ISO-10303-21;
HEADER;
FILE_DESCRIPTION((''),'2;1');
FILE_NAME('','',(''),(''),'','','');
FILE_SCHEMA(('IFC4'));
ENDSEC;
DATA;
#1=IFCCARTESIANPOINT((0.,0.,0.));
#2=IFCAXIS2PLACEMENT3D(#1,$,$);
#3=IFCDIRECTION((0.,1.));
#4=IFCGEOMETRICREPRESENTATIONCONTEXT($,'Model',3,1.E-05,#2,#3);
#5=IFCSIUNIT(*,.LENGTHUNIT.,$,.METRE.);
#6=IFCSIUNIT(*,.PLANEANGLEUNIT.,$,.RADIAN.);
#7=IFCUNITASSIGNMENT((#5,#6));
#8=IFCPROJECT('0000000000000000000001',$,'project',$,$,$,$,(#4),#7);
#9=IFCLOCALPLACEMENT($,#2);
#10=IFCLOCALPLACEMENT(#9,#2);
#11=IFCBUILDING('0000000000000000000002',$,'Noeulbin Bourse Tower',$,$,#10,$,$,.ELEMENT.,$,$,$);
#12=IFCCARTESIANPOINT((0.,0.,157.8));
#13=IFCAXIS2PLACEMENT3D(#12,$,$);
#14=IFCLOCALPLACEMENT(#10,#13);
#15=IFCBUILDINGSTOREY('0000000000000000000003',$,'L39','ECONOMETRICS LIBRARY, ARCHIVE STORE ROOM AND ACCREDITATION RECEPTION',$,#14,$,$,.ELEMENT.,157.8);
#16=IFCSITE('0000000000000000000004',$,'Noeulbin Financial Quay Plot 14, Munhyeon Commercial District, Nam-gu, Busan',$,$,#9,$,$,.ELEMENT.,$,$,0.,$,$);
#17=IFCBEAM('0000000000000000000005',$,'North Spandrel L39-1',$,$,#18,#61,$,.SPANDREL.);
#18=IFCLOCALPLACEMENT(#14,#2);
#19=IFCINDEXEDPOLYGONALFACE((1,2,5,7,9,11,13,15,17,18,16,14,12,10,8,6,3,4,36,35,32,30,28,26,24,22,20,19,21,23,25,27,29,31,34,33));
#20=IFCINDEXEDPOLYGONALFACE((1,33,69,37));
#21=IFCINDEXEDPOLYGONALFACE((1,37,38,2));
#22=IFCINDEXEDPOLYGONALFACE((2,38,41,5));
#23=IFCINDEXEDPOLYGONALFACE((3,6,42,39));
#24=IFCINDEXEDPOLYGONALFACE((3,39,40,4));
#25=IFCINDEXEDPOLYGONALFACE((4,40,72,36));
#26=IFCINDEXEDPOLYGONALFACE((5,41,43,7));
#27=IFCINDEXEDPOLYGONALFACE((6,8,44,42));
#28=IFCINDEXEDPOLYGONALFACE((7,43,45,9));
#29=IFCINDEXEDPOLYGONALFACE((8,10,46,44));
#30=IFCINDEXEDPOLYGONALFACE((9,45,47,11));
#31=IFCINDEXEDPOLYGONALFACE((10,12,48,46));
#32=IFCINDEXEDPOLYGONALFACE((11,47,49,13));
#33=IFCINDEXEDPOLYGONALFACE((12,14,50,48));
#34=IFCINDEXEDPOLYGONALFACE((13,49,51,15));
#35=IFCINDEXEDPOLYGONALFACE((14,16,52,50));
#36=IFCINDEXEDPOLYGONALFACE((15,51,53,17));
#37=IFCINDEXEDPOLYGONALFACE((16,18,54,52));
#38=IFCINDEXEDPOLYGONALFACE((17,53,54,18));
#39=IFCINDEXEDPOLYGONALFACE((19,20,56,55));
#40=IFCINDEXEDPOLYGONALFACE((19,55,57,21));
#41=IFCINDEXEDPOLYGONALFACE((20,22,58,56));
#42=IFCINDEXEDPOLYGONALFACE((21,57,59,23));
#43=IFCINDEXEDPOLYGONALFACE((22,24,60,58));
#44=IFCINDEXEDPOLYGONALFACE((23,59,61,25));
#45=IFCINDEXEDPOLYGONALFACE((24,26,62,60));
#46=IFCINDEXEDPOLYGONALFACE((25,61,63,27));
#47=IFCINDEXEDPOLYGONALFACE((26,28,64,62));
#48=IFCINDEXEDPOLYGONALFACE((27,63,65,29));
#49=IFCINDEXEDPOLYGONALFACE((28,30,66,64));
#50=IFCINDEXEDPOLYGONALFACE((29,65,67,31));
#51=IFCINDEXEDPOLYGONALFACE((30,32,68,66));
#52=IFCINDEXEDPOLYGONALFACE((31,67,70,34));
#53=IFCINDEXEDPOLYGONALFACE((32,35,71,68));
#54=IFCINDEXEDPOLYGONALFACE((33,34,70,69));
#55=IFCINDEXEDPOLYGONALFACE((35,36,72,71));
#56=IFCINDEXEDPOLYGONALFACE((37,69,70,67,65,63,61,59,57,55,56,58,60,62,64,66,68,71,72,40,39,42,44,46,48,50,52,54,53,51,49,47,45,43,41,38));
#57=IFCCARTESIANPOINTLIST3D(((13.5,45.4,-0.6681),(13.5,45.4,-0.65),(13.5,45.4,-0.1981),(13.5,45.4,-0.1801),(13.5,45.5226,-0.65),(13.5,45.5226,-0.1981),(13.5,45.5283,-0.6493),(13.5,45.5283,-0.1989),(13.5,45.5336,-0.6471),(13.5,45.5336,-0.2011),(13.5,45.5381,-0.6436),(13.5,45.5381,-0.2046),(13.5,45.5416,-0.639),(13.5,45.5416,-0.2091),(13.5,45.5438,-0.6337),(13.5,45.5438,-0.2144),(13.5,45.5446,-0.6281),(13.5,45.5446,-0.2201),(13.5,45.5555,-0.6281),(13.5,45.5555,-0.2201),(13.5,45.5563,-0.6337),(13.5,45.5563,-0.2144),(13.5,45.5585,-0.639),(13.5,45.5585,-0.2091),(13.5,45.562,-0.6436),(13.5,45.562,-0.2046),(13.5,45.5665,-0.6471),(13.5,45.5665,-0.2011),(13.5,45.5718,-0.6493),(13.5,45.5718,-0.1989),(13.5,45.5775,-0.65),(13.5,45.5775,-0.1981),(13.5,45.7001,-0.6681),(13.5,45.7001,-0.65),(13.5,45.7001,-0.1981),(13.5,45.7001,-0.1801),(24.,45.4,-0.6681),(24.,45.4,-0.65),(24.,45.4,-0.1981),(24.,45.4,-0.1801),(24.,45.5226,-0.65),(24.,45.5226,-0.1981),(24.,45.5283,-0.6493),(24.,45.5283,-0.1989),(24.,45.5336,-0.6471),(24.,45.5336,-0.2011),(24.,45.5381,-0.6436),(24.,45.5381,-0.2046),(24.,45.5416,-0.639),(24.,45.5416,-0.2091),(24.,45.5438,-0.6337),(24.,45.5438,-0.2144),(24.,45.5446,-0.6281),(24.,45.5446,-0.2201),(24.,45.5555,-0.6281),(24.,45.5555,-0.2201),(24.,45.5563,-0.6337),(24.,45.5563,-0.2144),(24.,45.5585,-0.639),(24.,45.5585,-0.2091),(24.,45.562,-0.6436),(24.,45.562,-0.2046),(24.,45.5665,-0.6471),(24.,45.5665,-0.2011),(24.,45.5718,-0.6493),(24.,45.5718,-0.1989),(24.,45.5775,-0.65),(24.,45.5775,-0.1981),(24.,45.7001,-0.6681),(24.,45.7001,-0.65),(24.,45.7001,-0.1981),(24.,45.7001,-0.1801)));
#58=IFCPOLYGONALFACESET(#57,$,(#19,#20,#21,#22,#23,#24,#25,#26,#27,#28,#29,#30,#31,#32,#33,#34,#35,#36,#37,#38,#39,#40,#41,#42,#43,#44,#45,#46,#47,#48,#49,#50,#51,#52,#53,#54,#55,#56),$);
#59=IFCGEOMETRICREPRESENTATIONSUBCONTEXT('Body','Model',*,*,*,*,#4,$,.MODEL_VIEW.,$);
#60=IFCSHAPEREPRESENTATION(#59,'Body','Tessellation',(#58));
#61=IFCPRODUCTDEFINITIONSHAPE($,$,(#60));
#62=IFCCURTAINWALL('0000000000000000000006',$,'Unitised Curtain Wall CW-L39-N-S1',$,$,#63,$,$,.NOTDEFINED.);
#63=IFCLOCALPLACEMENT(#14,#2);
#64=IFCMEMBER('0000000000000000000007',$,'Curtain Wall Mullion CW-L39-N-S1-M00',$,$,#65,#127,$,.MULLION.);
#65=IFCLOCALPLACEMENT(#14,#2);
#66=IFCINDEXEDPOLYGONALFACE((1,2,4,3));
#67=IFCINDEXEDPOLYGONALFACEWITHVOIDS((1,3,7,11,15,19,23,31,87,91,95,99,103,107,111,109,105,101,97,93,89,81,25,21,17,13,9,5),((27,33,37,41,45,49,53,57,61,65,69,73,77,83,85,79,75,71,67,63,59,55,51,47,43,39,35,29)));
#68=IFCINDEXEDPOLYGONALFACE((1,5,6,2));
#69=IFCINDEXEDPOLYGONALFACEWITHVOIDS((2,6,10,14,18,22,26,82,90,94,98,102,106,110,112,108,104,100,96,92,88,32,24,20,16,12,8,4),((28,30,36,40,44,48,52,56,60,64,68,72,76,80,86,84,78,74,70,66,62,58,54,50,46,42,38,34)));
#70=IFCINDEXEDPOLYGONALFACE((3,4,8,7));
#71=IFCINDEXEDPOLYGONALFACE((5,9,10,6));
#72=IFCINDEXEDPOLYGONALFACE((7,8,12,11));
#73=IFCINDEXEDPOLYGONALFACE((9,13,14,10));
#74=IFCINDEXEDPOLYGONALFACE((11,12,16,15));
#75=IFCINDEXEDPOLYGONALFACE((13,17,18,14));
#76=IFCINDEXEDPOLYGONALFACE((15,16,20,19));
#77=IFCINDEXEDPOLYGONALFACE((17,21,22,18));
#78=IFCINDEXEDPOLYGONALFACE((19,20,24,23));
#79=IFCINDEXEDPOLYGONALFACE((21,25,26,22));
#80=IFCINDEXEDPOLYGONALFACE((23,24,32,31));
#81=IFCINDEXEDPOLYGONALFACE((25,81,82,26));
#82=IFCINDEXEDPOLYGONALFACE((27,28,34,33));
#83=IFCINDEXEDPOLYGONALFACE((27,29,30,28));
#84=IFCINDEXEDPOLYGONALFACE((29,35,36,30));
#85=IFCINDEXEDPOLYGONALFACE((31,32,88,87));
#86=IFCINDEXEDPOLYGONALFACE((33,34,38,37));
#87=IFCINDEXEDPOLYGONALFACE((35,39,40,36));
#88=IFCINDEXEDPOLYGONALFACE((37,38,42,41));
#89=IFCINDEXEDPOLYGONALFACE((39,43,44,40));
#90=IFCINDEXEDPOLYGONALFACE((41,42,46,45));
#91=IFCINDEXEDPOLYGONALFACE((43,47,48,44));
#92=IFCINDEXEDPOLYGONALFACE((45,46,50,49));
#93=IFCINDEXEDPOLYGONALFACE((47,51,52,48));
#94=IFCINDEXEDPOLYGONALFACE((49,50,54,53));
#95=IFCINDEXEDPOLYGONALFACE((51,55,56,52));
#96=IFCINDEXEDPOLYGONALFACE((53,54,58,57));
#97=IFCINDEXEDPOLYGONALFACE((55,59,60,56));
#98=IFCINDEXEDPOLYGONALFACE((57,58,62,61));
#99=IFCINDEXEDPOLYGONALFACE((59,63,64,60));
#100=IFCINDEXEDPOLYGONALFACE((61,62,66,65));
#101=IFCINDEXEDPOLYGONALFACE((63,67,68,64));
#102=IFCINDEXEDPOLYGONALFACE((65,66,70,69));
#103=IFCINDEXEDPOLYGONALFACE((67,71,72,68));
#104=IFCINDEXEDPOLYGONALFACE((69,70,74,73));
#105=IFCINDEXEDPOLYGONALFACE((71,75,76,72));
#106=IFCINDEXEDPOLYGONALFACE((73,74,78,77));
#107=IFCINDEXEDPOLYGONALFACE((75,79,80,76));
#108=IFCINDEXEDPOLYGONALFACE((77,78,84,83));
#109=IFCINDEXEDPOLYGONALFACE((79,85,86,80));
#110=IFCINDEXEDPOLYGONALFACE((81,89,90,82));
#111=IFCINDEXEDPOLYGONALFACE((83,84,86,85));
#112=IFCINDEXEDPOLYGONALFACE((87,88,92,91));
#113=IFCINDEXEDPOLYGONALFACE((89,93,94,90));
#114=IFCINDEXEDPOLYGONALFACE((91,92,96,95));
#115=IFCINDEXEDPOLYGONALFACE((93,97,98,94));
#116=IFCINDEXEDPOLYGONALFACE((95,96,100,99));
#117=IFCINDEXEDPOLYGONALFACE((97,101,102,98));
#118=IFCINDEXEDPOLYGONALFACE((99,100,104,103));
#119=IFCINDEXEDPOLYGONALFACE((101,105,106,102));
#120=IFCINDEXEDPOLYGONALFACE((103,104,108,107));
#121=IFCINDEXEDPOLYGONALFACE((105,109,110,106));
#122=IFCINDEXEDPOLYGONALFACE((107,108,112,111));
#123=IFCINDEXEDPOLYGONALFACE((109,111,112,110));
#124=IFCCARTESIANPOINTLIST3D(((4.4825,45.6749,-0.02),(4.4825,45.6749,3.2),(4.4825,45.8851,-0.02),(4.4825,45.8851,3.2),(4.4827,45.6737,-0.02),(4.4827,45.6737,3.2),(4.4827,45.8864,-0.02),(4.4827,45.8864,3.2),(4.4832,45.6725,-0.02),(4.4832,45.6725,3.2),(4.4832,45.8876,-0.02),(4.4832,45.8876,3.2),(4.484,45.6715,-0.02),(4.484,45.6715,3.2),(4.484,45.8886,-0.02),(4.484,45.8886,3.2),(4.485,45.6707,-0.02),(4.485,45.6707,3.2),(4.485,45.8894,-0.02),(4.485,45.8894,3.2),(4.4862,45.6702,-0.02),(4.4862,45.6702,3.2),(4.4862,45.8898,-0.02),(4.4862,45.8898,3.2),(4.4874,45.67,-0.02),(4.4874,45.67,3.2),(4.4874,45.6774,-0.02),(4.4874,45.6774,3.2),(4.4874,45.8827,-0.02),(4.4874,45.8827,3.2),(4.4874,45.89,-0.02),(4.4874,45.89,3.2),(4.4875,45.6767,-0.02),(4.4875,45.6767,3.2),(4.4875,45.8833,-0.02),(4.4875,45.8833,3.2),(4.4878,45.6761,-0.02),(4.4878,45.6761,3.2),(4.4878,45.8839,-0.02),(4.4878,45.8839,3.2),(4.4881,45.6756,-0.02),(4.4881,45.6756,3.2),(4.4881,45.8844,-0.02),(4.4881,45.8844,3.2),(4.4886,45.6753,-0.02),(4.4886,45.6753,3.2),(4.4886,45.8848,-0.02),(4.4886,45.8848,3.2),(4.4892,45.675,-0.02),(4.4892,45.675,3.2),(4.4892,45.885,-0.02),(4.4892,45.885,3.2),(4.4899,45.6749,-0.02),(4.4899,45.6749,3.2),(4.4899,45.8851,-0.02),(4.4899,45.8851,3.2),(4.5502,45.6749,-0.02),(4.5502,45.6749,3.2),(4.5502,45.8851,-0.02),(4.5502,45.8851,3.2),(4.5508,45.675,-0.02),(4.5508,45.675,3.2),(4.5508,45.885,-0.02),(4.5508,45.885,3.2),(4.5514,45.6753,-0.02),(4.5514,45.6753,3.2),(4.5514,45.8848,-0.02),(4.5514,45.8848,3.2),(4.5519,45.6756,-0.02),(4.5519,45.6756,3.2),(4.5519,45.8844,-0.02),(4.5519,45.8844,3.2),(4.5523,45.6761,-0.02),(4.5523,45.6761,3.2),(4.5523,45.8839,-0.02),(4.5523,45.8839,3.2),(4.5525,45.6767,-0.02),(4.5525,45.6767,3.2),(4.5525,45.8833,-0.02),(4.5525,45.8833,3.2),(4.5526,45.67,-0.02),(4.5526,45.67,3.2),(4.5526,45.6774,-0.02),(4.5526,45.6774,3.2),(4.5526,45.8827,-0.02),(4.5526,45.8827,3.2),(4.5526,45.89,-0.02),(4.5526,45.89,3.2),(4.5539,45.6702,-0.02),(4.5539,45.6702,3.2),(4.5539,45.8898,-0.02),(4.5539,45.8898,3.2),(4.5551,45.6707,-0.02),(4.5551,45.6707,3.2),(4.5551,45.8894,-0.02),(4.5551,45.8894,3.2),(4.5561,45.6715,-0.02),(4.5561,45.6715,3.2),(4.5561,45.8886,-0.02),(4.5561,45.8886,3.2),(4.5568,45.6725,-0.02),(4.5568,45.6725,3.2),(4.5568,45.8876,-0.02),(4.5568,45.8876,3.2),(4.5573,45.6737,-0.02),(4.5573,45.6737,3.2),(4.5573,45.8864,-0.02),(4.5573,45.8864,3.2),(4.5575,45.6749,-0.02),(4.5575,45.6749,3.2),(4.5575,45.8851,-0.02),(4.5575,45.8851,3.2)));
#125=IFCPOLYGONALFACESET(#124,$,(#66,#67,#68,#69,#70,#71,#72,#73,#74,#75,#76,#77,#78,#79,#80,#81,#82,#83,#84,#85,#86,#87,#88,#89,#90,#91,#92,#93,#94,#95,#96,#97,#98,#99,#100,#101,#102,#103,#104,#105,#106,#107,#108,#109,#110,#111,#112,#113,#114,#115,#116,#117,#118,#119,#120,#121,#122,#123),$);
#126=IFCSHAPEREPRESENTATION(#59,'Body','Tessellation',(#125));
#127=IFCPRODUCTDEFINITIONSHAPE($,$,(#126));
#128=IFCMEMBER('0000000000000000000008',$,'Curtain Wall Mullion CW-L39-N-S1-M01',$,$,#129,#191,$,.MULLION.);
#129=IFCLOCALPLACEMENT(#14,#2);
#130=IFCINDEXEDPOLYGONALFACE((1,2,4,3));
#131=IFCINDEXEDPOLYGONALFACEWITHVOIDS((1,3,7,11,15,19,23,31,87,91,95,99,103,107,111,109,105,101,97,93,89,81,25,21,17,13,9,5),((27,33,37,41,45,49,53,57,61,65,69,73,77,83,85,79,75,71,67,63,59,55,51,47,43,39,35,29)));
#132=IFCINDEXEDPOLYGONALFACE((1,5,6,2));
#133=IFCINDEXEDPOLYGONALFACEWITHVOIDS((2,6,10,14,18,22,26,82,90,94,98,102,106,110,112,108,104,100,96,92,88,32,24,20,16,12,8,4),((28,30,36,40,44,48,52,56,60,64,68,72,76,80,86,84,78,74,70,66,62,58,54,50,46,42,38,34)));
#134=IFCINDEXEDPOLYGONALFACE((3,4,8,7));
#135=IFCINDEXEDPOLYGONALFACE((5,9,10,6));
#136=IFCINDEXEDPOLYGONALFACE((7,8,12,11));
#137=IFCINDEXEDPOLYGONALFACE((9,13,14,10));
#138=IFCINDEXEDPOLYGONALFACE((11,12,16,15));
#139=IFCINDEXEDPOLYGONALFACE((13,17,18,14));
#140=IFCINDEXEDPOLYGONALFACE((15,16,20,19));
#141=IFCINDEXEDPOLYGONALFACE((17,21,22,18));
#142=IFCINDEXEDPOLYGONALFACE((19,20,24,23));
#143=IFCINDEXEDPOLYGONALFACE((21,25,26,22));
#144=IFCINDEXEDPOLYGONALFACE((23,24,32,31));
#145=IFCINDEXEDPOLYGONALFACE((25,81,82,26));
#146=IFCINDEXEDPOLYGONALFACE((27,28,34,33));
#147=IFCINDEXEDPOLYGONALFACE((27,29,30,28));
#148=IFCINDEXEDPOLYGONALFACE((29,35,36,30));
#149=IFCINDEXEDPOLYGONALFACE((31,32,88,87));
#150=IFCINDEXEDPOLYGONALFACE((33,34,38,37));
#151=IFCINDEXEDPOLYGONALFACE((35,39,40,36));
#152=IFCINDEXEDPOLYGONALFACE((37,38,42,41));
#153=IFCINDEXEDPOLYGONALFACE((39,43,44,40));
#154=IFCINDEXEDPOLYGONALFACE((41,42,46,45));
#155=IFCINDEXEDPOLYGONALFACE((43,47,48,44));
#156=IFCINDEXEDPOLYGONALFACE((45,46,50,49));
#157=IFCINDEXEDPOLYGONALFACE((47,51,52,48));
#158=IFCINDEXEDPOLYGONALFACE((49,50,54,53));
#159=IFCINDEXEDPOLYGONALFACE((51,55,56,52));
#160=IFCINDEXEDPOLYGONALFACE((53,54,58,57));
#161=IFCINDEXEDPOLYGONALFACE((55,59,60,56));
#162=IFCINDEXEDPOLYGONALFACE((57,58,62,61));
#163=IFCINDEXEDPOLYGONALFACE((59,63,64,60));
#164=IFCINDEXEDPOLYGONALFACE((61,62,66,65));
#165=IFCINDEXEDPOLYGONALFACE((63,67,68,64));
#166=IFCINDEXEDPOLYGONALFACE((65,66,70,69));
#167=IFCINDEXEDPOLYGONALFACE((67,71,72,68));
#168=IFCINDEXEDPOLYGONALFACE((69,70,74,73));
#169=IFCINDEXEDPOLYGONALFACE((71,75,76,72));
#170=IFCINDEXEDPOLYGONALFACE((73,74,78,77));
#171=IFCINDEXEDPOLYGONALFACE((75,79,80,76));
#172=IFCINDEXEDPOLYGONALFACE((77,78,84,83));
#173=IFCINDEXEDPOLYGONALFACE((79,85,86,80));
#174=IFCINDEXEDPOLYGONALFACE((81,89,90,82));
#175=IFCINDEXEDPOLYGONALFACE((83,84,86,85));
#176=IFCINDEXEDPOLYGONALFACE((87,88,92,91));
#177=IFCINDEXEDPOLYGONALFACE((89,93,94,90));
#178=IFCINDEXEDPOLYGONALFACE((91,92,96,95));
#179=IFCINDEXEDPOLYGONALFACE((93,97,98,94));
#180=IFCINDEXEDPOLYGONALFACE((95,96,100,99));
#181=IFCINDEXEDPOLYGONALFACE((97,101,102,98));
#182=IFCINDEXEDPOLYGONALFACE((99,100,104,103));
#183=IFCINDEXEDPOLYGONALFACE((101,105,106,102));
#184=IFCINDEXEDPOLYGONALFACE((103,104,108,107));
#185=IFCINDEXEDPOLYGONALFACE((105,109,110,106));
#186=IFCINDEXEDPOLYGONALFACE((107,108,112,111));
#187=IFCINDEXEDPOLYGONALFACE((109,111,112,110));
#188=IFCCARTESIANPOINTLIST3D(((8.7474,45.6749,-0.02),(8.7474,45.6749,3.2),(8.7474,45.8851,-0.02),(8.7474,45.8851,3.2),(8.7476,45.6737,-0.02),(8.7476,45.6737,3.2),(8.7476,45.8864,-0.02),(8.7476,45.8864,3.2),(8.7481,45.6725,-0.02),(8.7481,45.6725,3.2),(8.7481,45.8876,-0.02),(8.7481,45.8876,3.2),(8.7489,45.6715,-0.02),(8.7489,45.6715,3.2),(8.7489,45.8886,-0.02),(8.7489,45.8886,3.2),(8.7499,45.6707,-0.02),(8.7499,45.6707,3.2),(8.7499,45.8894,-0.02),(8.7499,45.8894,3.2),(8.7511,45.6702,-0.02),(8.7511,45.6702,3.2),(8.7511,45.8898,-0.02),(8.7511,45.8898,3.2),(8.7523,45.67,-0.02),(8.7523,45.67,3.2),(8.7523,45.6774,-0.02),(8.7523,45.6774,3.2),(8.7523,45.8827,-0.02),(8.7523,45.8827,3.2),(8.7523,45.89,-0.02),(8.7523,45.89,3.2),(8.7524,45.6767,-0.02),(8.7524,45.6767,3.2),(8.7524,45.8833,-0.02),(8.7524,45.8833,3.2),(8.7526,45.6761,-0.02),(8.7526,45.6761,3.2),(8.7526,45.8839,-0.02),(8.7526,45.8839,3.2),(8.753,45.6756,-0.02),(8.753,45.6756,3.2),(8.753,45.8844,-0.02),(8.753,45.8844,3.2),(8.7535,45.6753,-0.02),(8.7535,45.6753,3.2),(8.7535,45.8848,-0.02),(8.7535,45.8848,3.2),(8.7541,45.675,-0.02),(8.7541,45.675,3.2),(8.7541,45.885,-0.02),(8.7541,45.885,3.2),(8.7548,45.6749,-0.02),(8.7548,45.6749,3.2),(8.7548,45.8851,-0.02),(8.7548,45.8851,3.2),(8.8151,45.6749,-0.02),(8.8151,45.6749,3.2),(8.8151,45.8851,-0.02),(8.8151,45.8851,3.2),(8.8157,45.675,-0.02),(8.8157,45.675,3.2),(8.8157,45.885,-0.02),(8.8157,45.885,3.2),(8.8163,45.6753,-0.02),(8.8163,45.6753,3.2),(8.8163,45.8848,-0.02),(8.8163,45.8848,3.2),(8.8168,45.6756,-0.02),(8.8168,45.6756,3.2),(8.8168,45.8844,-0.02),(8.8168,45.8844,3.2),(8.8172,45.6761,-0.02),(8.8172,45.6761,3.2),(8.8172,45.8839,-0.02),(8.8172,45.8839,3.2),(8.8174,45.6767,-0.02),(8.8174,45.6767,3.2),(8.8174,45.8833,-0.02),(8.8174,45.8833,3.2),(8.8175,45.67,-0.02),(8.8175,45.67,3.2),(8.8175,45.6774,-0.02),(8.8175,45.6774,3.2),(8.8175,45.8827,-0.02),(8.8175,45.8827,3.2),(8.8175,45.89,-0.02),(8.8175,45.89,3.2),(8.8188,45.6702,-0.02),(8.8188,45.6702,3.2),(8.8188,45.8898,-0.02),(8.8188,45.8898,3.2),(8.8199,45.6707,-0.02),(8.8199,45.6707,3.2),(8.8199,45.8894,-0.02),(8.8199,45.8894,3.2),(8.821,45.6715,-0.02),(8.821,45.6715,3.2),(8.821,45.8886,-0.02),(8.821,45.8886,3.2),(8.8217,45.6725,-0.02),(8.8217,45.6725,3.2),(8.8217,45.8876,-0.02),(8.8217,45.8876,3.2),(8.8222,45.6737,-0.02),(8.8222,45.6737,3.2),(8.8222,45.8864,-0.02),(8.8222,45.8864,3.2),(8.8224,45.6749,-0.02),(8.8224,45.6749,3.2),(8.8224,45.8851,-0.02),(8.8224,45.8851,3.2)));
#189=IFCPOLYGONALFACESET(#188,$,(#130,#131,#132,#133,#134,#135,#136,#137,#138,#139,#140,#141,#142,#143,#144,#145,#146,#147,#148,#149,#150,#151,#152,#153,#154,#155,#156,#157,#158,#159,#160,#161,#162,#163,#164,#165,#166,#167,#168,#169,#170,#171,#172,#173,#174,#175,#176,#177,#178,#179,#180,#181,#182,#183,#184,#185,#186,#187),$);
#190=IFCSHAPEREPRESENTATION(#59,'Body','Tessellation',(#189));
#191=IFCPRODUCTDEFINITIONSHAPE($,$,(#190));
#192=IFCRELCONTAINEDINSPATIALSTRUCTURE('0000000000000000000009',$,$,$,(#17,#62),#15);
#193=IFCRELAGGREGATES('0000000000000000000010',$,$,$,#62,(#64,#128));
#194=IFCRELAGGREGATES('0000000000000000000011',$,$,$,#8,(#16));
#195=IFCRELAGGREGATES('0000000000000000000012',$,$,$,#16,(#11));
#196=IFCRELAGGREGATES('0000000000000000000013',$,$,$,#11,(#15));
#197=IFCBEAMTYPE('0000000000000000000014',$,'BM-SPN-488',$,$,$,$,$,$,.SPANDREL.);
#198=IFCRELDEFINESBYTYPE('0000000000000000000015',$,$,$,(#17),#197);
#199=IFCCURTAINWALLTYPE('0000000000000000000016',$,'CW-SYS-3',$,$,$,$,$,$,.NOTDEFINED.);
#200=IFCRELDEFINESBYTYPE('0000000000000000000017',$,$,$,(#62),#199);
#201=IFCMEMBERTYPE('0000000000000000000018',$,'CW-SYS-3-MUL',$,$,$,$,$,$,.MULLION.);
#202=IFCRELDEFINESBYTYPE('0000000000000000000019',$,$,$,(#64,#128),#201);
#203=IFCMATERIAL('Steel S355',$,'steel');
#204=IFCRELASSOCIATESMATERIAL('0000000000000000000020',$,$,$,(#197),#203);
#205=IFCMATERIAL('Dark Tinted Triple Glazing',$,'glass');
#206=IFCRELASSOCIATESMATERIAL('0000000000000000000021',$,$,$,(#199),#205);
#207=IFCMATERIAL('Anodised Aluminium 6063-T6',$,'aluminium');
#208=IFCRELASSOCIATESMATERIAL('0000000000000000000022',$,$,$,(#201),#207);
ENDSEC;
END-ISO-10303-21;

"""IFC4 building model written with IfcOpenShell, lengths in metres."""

from ifc_helpers import new_model, si_unit, direction, frame, origin, origin_2d, place, context, subcontext, project, spatial, hollow_rectangle, i_section, extrude, material, material_profile, profile_set, type_object, element, aggregate, save


model = new_model("IFC4")

# Units and contexts
model_context = context("Model", 3, precision=1e-05, world=origin(), true_north=direction((0.0, 1.0)))
body_context = subcontext(model_context, "Body", "Model", "MODEL_VIEW")
ifc_project = project(units=[si_unit("LENGTHUNIT", "METRE"), si_unit("PLANEANGLEUNIT", "RADIAN")], contexts=[model_context])

# Site, building, storey
site_placement = place(None, origin())
site = spatial("IfcSite", under=ifc_project, at=site_placement, Name="Noeulbin Financial Quay Plot 14, Munhyeon Commercial District, Nam-gu, Busan", CompositionType="ELEMENT", RefElevation=0.0)
building_placement = place(site_placement, origin())
building = spatial("IfcBuilding", under=site, at=building_placement, Name="Noeulbin Bourse Tower", CompositionType="ELEMENT")
storey_placement = place(building_placement, frame((0.0, 0.0, 157.8)))
storey = spatial("IfcBuildingStorey", under=building, at=storey_placement, Name="L39", Description="ECONOMETRICS LIBRARY, ARCHIVE STORE ROOM AND ACCREDITATION RECEPTION", CompositionType="ELEMENT", Elevation=157.8)

# Shared definitions
ifc_material_1 = material(Name="Steel S355", Category="steel")

# Beam
ifc_material_profile_1 = material_profile(ifc_material_1, i_section(OverallWidth=0.3, OverallDepth=0.488, WebThickness=0.011, FlangeThickness=0.0181, FilletRadius=0.022, at=origin_2d()), Name="H-488x300x11x18", Category="LoadBearing")
ifc_profile_set_1 = profile_set([ifc_material_profile_1], Name="Steel S355")
beam_type_1 = type_object("IfcBeamType", Name="BM-SPN-488", PredefinedType="SPANDREL", material=ifc_profile_set_1)
beam_1_placement = place(storey_placement, frame((13.5, 45.55, -0.4241), z_axis=(1.0, 0.0, 0.0), x_axis=(0.0, 1.0, 0.0)))
element("IfcBeam", 1, at=beam_1_placement, inside=storey, type_object=beam_type_1, Name="North Spandrel L39-1", PredefinedType="SPANDREL", context=body_context, shape_type="SweptSolid", body=[
    extrude(i_section(OverallWidth=0.3, OverallDepth=0.488, WebThickness=0.011, FlangeThickness=0.0181, FilletRadius=0.022, at=origin_2d()), origin(), (0.0, 0.0, 1.0), 10.5),
])

# Curtain wall, members
ifc_material_2 = material(Name="Dark Tinted Triple Glazing", Category="glass")
curtain_wall_type = type_object("IfcCurtainWallType", Name="CW-SYS-3", PredefinedType="NOTDEFINED", material=ifc_material_2)
curtain_wall_1_placement = place(storey_placement, origin())
curtain_wall_1 = element("IfcCurtainWall", 2, at=curtain_wall_1_placement, inside=storey, type_object=curtain_wall_type, Name="Unitised Curtain Wall CW-L39-N-S1", PredefinedType="NOTDEFINED")
ifc_material_3 = material(Name="Anodised Aluminium 6063-T6", Category="aluminium")
ifc_material_profile_2 = material_profile(ifc_material_3, hollow_rectangle(XDim=0.075, YDim=0.22, WallThickness=0.0049, InnerFilletRadius=0.0024, OuterFilletRadius=0.0049, at=origin_2d()), Name="ALU-MULL-75x220x5", Category="LoadBearing")
ifc_profile_set_2 = profile_set([ifc_material_profile_2], Name="Anodised Aluminium 6063-T6")
member_type_1 = type_object("IfcMemberType", Name="CW-SYS-3-MUL", PredefinedType="MULLION", material=ifc_profile_set_2)
member_1_placement = place(storey_placement, frame((4.52, 45.78, -0.02), z_axis=(0.0, 0.0, 1.0), x_axis=(1.0, 0.0, 0.0)))
member_1 = element("IfcMember", 3, at=member_1_placement, type_object=member_type_1, Name="Curtain Wall Mullion CW-L39-N-S1-M00", PredefinedType="MULLION", context=body_context, shape_type="SweptSolid", body=[
    extrude(hollow_rectangle(XDim=0.075, YDim=0.22, WallThickness=0.0049, InnerFilletRadius=0.0024, OuterFilletRadius=0.0049, at=origin_2d()), origin(), (0.0, 0.0, 1.0), 3.22),
])
member_2_placement = place(storey_placement, frame((8.7849, 45.78, -0.02), z_axis=(0.0, 0.0, 1.0), x_axis=(1.0, 0.0, 0.0)))
member_2 = element("IfcMember", 4, at=member_2_placement, type_object=member_type_1, Name="Curtain Wall Mullion CW-L39-N-S1-M01", PredefinedType="MULLION", context=body_context, shape_type="SweptSolid", body=[
    extrude(hollow_rectangle(XDim=0.075, YDim=0.22, WallThickness=0.0049, InnerFilletRadius=0.0024, OuterFilletRadius=0.0049, at=origin_2d()), origin(), (0.0, 0.0, 1.0), 3.22),
])

aggregate(curtain_wall_1, [member_1, member_2])

save(model, "model.ifc")
